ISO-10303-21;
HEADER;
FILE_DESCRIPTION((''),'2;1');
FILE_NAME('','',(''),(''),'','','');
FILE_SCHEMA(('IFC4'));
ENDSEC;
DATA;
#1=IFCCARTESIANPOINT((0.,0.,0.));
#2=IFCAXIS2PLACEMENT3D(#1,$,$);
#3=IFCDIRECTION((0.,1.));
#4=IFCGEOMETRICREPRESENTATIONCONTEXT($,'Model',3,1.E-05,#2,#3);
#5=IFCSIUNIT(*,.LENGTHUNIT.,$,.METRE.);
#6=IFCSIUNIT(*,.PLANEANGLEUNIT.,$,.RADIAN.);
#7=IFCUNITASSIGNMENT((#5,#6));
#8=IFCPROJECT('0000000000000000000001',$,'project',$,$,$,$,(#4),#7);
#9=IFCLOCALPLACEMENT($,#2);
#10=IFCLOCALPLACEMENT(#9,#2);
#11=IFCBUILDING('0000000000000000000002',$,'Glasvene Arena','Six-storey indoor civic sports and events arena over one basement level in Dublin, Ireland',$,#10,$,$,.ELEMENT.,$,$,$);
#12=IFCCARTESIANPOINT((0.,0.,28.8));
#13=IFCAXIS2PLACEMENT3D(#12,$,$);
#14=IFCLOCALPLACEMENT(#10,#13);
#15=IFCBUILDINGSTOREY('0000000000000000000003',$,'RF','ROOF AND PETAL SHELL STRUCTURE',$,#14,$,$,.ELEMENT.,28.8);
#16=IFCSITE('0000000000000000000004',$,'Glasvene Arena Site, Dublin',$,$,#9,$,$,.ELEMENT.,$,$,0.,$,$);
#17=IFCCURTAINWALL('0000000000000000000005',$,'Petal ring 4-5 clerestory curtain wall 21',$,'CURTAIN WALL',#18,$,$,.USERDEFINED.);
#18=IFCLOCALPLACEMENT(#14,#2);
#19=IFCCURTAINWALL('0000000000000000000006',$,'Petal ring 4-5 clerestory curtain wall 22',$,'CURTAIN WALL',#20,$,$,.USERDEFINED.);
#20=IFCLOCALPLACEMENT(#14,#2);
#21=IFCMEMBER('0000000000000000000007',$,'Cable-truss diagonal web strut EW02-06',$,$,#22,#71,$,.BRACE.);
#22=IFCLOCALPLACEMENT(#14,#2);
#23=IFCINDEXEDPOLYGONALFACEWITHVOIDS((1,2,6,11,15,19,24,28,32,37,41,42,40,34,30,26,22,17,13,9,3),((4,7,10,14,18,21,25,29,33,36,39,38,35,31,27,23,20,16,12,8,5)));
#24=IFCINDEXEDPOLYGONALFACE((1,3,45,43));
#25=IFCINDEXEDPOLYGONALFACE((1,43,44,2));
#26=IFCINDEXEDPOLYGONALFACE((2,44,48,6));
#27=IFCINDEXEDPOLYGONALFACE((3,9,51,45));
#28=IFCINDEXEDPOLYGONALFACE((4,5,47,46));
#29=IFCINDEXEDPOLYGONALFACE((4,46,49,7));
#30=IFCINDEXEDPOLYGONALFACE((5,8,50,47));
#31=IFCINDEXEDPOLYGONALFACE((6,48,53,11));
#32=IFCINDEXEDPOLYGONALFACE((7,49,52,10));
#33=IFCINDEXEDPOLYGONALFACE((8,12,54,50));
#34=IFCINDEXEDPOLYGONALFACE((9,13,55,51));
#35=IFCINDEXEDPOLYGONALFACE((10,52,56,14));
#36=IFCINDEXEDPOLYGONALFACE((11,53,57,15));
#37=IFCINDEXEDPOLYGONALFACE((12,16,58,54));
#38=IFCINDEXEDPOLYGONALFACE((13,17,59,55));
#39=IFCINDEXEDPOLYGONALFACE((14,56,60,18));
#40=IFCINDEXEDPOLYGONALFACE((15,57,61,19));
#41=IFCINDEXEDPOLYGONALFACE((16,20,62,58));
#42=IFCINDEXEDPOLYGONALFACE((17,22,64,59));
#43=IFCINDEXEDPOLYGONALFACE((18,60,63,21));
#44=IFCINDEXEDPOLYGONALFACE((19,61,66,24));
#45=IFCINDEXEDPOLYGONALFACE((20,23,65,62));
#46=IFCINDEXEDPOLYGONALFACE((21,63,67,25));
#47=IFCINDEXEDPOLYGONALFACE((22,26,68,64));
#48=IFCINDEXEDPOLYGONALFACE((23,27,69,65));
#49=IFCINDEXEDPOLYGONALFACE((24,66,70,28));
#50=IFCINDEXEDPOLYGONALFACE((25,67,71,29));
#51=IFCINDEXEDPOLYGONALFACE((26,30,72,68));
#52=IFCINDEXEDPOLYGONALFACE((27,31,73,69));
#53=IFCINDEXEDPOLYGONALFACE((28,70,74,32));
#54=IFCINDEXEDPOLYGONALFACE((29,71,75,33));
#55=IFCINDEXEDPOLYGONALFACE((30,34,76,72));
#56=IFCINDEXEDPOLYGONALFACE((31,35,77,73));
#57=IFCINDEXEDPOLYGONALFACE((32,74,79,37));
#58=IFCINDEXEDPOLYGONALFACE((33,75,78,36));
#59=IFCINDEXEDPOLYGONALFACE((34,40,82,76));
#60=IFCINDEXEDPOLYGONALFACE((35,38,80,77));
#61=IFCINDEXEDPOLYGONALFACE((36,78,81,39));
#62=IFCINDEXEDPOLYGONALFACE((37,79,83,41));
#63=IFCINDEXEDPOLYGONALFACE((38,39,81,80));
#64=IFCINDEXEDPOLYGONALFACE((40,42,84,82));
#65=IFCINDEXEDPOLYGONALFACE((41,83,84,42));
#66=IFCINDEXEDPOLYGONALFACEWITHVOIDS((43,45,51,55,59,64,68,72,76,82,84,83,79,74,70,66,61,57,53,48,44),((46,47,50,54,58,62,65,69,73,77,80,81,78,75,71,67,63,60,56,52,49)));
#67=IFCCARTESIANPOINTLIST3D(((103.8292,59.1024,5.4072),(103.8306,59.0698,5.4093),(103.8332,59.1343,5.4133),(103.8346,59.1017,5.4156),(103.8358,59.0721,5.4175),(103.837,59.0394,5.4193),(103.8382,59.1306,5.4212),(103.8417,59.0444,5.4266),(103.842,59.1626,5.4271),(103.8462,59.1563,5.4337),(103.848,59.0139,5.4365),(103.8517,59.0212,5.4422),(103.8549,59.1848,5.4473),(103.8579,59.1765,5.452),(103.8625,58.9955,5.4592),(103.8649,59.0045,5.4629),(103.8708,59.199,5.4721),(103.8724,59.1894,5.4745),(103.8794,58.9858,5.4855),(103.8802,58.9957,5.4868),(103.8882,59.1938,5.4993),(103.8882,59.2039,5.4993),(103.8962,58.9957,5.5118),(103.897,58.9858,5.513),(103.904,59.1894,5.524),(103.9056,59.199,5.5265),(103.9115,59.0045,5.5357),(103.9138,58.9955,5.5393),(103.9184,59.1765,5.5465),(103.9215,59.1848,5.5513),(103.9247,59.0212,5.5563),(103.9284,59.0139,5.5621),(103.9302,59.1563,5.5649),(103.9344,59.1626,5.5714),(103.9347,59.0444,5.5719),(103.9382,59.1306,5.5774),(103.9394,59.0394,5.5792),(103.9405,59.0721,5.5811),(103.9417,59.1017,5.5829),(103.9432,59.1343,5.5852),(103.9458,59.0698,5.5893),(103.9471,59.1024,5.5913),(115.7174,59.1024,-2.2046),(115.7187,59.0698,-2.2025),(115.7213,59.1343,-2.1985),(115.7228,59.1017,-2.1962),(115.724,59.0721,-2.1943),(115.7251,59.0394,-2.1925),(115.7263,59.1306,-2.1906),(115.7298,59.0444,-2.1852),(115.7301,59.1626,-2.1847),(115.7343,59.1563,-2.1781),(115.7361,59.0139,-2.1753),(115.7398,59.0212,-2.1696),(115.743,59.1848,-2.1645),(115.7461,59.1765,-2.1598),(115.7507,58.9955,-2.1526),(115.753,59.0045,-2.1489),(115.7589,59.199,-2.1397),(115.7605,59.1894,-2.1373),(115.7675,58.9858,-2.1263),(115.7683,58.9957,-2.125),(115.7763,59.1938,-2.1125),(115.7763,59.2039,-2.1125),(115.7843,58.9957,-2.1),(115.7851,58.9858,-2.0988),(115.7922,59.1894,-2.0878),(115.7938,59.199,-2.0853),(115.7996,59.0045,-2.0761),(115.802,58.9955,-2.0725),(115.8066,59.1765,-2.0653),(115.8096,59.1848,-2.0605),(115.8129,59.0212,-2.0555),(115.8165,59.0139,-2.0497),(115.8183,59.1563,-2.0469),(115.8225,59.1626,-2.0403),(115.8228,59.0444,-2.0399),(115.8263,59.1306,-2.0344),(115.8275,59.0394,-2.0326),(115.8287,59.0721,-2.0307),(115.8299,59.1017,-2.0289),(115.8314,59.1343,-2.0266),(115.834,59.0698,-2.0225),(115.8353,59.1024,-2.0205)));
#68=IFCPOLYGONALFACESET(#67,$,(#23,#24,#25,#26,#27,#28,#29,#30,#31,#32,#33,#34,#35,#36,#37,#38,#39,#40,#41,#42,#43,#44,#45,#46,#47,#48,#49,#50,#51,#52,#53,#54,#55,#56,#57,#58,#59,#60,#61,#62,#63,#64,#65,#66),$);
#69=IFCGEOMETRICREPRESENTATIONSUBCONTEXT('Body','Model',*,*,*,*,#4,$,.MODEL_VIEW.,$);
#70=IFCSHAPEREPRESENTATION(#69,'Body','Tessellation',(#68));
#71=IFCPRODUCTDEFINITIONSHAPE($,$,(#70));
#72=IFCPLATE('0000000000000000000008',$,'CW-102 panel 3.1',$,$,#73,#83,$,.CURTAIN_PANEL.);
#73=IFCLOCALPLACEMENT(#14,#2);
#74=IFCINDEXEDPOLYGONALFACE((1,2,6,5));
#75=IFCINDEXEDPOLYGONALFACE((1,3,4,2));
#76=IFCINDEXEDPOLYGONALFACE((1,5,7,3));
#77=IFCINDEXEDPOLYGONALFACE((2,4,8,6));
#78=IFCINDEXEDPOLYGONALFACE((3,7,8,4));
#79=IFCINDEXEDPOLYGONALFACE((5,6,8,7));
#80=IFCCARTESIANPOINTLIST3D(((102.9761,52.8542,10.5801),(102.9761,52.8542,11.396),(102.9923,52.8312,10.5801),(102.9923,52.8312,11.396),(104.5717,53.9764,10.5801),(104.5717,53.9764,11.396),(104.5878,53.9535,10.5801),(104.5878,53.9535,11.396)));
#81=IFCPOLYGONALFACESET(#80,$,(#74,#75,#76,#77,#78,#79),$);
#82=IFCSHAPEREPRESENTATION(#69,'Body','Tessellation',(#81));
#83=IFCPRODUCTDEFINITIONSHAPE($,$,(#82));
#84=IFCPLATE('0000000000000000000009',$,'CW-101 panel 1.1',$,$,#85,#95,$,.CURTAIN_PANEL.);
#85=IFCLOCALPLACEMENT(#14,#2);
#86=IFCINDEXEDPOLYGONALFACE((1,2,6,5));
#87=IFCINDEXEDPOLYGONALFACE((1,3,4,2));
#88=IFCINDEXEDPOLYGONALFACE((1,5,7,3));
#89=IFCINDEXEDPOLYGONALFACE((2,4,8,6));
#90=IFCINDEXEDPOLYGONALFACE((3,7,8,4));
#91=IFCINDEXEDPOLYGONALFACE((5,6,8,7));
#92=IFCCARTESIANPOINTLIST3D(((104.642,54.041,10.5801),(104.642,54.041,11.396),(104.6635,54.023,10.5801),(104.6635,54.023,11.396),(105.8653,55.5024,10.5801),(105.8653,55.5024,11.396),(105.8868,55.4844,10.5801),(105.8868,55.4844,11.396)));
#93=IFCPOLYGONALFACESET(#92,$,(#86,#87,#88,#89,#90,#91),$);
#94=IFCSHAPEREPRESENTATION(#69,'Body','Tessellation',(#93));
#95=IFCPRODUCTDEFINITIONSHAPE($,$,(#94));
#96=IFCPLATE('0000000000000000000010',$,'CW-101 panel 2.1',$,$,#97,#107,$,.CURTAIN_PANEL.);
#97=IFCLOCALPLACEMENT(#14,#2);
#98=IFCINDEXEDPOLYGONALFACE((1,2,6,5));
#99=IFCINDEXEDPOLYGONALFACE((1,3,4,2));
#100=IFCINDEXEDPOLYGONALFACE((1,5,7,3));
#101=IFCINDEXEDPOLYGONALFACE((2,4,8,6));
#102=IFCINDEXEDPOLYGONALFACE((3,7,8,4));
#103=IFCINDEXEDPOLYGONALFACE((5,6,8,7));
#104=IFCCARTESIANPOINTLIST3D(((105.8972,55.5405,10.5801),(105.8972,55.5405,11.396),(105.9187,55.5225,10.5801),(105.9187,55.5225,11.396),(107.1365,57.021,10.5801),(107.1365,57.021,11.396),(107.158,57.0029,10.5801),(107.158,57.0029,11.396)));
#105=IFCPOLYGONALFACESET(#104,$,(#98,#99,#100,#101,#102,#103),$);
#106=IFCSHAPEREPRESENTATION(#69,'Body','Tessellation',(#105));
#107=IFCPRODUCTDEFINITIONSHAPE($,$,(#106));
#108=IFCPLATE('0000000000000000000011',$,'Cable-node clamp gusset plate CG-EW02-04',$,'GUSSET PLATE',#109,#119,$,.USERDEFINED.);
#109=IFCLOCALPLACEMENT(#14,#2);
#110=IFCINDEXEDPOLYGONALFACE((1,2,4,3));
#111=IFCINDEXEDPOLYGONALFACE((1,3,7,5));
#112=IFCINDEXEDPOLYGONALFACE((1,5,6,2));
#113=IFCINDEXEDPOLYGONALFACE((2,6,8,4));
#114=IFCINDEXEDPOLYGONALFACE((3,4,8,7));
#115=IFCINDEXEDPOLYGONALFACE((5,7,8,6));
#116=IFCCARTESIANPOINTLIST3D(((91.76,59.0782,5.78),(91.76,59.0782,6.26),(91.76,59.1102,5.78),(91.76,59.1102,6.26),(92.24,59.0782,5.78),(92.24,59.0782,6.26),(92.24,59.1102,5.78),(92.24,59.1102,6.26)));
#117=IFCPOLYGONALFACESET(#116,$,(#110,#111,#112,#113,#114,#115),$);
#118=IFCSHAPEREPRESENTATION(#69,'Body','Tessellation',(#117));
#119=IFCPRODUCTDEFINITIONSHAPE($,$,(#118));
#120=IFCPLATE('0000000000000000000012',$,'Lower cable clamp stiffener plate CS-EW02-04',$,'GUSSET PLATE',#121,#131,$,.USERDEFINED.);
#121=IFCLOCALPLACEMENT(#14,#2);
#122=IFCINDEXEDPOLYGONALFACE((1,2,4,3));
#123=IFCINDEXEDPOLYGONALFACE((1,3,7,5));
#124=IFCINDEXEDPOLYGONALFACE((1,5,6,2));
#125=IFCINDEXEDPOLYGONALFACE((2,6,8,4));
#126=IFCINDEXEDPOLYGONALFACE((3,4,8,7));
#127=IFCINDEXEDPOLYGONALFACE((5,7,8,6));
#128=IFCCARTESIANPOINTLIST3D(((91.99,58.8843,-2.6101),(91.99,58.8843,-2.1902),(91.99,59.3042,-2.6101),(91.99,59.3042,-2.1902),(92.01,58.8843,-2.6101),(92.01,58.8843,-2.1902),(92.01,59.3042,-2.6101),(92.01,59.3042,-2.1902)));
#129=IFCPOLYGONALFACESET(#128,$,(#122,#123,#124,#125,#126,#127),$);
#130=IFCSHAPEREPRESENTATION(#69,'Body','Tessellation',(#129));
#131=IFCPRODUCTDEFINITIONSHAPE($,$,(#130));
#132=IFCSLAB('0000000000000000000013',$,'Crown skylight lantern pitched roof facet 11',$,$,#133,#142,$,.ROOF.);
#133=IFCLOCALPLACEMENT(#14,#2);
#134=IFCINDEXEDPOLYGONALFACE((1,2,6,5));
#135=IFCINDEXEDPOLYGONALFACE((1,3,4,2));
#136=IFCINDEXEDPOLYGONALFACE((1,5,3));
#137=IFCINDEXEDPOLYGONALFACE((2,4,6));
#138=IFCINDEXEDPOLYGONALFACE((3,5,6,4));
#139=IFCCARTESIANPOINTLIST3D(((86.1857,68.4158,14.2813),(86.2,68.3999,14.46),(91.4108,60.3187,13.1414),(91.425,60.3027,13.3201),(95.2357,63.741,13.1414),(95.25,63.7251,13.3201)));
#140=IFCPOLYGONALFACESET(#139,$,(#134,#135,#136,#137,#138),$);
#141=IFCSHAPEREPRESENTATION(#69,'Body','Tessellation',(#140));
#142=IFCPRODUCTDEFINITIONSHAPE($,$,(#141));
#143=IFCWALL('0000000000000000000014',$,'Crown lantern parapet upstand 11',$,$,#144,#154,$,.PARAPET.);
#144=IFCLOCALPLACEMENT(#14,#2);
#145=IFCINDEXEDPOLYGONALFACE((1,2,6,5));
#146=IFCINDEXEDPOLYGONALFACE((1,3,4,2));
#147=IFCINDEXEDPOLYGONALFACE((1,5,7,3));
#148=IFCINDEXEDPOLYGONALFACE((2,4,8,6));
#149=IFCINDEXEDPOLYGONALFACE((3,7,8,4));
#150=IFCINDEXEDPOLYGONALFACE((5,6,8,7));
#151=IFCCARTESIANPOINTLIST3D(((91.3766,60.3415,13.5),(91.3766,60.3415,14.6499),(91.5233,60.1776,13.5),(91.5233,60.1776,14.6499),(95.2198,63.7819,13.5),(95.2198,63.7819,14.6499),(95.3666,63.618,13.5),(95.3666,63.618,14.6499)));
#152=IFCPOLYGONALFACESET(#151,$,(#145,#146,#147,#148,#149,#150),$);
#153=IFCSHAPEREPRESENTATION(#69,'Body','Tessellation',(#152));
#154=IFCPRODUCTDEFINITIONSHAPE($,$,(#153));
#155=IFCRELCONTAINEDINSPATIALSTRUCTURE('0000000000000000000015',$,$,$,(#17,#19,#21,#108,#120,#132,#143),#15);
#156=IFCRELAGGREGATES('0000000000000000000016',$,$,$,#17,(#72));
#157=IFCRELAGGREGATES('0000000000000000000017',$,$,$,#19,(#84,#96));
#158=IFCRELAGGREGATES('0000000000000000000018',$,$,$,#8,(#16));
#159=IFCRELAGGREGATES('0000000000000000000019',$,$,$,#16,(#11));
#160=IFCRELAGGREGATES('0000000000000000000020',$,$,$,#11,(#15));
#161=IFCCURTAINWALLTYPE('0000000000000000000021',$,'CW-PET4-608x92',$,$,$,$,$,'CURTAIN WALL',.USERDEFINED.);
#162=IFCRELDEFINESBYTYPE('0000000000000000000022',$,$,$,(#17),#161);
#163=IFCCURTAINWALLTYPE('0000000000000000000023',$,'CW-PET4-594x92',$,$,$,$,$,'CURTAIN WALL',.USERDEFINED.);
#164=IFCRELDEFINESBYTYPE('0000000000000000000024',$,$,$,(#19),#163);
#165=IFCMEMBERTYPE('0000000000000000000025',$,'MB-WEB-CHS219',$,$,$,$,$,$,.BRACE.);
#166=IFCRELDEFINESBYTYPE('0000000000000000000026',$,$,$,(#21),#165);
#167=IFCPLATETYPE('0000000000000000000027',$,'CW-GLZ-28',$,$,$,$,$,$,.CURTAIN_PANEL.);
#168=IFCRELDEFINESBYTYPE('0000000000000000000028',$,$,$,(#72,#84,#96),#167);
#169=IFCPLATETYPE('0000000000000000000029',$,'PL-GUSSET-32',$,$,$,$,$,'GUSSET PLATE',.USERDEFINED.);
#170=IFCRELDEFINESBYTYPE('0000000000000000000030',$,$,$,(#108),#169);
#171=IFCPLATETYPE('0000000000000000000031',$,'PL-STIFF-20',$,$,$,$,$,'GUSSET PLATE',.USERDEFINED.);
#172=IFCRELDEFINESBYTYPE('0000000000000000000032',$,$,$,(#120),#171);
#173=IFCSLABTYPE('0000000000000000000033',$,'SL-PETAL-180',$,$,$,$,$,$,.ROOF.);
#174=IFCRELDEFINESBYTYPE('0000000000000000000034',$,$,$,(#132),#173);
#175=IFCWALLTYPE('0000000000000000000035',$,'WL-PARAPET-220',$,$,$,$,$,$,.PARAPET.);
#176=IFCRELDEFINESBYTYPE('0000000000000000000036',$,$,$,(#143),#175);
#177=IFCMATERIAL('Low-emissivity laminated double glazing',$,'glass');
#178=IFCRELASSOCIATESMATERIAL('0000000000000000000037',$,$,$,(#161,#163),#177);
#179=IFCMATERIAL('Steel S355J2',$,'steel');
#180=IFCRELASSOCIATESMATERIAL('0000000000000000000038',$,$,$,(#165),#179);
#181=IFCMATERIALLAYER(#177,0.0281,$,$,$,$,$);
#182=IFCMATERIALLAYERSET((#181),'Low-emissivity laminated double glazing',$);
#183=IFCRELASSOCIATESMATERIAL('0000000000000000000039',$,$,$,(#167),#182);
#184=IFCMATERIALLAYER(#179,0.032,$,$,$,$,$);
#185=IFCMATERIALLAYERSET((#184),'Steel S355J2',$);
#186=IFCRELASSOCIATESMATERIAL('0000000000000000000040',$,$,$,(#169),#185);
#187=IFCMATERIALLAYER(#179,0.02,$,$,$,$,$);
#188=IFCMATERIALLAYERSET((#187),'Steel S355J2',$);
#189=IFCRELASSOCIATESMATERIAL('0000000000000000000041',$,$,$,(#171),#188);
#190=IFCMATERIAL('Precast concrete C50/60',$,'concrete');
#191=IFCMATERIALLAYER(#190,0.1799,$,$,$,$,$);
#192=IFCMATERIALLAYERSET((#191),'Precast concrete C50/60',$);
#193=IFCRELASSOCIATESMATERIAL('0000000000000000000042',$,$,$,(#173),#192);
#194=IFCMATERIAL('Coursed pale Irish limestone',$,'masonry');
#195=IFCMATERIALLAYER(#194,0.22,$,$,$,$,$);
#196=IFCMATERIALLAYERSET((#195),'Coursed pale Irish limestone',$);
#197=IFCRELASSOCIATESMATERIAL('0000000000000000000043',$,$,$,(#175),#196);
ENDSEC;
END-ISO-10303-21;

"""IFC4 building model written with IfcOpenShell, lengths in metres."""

from ifc_helpers import new_model, si_unit, direction, frame, frame_2d, origin, origin_2d, place, context, subcontext, project, spatial, polyline, rectangle, hollow_circle, outline, extrude, material, layer, layer_set, material_profile, profile_set, type_object, element, aggregate, save


model = new_model("IFC4")

# Units and contexts
model_context = context("Model", 3, precision=1e-05, world=origin(), true_north=direction((0.0, 1.0)))
body_context = subcontext(model_context, "Body", "Model", "MODEL_VIEW")
ifc_project = project(units=[si_unit("LENGTHUNIT", "METRE"), si_unit("PLANEANGLEUNIT", "RADIAN")], contexts=[model_context])

# Site, building, storey
site_placement = place(None, origin())
site = spatial("IfcSite", under=ifc_project, at=site_placement, Name="Glasvene Arena Site, Dublin", CompositionType="ELEMENT", RefElevation=0.0)
building_placement = place(site_placement, origin())
building = spatial("IfcBuilding", under=site, at=building_placement, Name="Glasvene Arena", Description="Six-storey indoor civic sports and events arena over one basement level in Dublin, Ireland", CompositionType="ELEMENT")
storey_placement = place(building_placement, frame((0.0, 0.0, 28.8)))
storey = spatial("IfcBuildingStorey", under=building, at=storey_placement, Name="RF", Description="ROOF AND PETAL SHELL STRUCTURE", CompositionType="ELEMENT", Elevation=28.8)

# Shared definitions
ifc_material_1 = material(Name="Steel S355J2", Category="steel")

# Curtain walls
ifc_material_2 = material(Name="Low-emissivity laminated double glazing", Category="glass")
curtain_wall_type_1 = type_object("IfcCurtainWallType", Name="CW-PET4-608x92", ElementType="CURTAIN WALL", PredefinedType="USERDEFINED", material=ifc_material_2)
curtain_wall_1_placement = place(storey_placement, frame((99.6499, 50.4973, 0.0)))
curtain_wall_1 = element("IfcCurtainWall", 1, at=curtain_wall_1_placement, inside=storey, type_object=curtain_wall_type_1, Name="Petal ring 4-5 clerestory curtain wall 21", ObjectType="CURTAIN WALL", PredefinedType="USERDEFINED")
curtain_wall_type_2 = type_object("IfcCurtainWallType", Name="CW-PET4-594x92", ElementType="CURTAIN WALL", PredefinedType="USERDEFINED", material=ifc_material_2)
curtain_wall_2_placement = place(storey_placement, frame((104.6206, 53.9937, 0.0)))
curtain_wall_2 = element("IfcCurtainWall", 2, at=curtain_wall_2_placement, inside=storey, type_object=curtain_wall_type_2, Name="Petal ring 4-5 clerestory curtain wall 22", ObjectType="CURTAIN WALL", PredefinedType="USERDEFINED")

# Member
ifc_material_profile_1 = material_profile(ifc_material_1, hollow_circle(Radius=0.1096, WallThickness=0.01, at=origin_2d()), Name="CHS 219.1x10.0")
ifc_profile_set_1 = profile_set([ifc_material_profile_1], Name="Steel S355J2")
member_type_1 = type_object("IfcMemberType", Name="MB-WEB-CHS219", PredefinedType="BRACE", material=ifc_profile_set_1)
member_1_placement = place(storey_placement, frame((103.8882, 59.0942, 5.4993), z_axis=(0.842163, 0.0, -0.539223), x_axis=(0.0, 1.0, 0.0)))
element("IfcMember", 3, at=member_1_placement, inside=storey, type_object=member_type_1, Name="Cable-truss diagonal web strut EW02-06", PredefinedType="BRACE", context=body_context, shape_type="SweptSolid", body=[
    extrude(hollow_circle(Radius=0.1096, WallThickness=0.01, at=origin_2d()), origin(), (0.0, 0.0, 1.0), 14.1162),
])

# Plates
ifc_layer_1 = layer(ifc_material_2, 0.0281)
ifc_layer_set_1 = layer_set([ifc_layer_1], Name="Low-emissivity laminated double glazing")
plate_type_1 = type_object("IfcPlateType", Name="CW-GLZ-28", PredefinedType="CURTAIN_PANEL", material=ifc_layer_set_1)
plate_1_placement = place(storey_placement, frame((103.782, 53.4038, 10.5801), z_axis=(0.0, 0.0, 1.0), x_axis=(0.817925, 0.575325, 0.0)))
plate_1 = element("IfcPlate", 4, at=plate_1_placement, type_object=plate_type_1, Name="CW-102 panel 3.1", PredefinedType="CURTAIN_PANEL", context=body_context, shape_type="SweptSolid", body=[
    extrude(rectangle(XDim=1.9507, YDim=0.0281, at=origin_2d()), origin(), (0.0, 0.0, 1.0), 0.8159),
])
aggregate(curtain_wall_1, [plate_1])
plate_2_placement = place(storey_placement, frame((105.2644, 54.7627, 10.5801), z_axis=(0.0, 0.0, 1.0), x_axis=(0.64188, 0.766805, 0.0)))
plate_2 = element("IfcPlate", 5, at=plate_2_placement, type_object=plate_type_1, Name="CW-101 panel 1.1", PredefinedType="CURTAIN_PANEL", context=body_context, shape_type="SweptSolid", body=[
    extrude(rectangle(XDim=1.9058, YDim=0.0281, at=origin_2d()), origin(), (0.0, 0.0, 1.0), 0.8159),
])
plate_3_placement = place(storey_placement, frame((106.5276, 56.2717, 10.5801), z_axis=(0.0, 0.0, 1.0), x_axis=(0.64188, 0.766805, 0.0)))
plate_3 = element("IfcPlate", 6, at=plate_3_placement, type_object=plate_type_1, Name="CW-101 panel 2.1", PredefinedType="CURTAIN_PANEL", context=body_context, shape_type="SweptSolid", body=[
    extrude(rectangle(XDim=1.9307, YDim=0.0281, at=origin_2d()), origin(), (0.0, 0.0, 1.0), 0.8159),
])
aggregate(curtain_wall_2, [plate_2, plate_3])

# Plates
ifc_layer_2 = layer(ifc_material_1, 0.032)
ifc_layer_set_2 = layer_set([ifc_layer_2], Name="Steel S355J2")
plate_type_2 = type_object("IfcPlateType", Name="PL-GUSSET-32", ElementType="GUSSET PLATE", PredefinedType="USERDEFINED", material=ifc_layer_set_2)
plate_4_placement = place(storey_placement, frame((92.0, 59.0942, 5.78), z_axis=(0.0, 0.0, 1.0), x_axis=(1.0, 0.0, 0.0)))
element("IfcPlate", 7, at=plate_4_placement, inside=storey, type_object=plate_type_2, Name="Cable-node clamp gusset plate CG-EW02-04", ObjectType="GUSSET PLATE", PredefinedType="USERDEFINED", context=body_context, shape_type="SweptSolid", body=[
    extrude(rectangle(XDim=0.48, YDim=0.032, at=origin_2d()), origin(), (0.0, 0.0, 1.0), 0.48),
])
ifc_layer_3 = layer(ifc_material_1, 0.02)
ifc_layer_set_3 = layer_set([ifc_layer_3], Name="Steel S355J2")
plate_type_3 = type_object("IfcPlateType", Name="PL-STIFF-20", ElementType="GUSSET PLATE", PredefinedType="USERDEFINED", material=ifc_layer_set_3)
plate_5_placement = place(storey_placement, frame((92.0, 59.0942, -2.6101), z_axis=(0.0, 0.0, 1.0), x_axis=(1.0, 0.0, 0.0)))
element("IfcPlate", 8, at=plate_5_placement, inside=storey, type_object=plate_type_3, Name="Lower cable clamp stiffener plate CS-EW02-04", ObjectType="GUSSET PLATE", PredefinedType="USERDEFINED", context=body_context, shape_type="SweptSolid", body=[
    extrude(rectangle(XDim=0.02, YDim=0.4199, at=origin_2d()), origin(), (0.0, 0.0, 1.0), 0.4199),
])

# Slab
ifc_material_3 = material(Name="Precast concrete C50/60", Category="concrete")
ifc_layer_4 = layer(ifc_material_3, 0.1799)
ifc_layer_set_4 = layer_set([ifc_layer_4], Name="Precast concrete C50/60")
slab_type = type_object("IfcSlabType", Name="SL-PETAL-180", PredefinedType="ROOF", material=ifc_layer_set_4)
slab_placement = place(storey_placement, frame((91.425, 60.3027, 13.3201), z_axis=(0.079287, -0.088614, 0.992905), x_axis=(0.745238, 0.666799, 0.0)))
element("IfcSlab", 9, at=slab_placement, inside=storey, type_object=slab_type, Name="Crown skylight lantern pitched roof facet 11", PredefinedType="ROOF", context=body_context, shape_type="SweptSolid", body=[
    extrude(outline(polyline([(0.0, 0.0), (5.1325, 0.0), (1.5052, 9.5864), (0.0, 0.0)])), origin(), (0.0, 0.0, -1.0), 0.1799),
])

# Wall
ifc_material_4 = material(Name="Coursed pale Irish limestone", Category="masonry")
ifc_layer_5 = layer(ifc_material_4, 0.22)
ifc_layer_set_5 = layer_set([ifc_layer_5], Name="Coursed pale Irish limestone")
wall_type = type_object("IfcWallType", Name="WL-PARAPET-220", PredefinedType="PARAPET", material=ifc_layer_set_5)
wall_placement = place(storey_placement, frame((91.45, 60.2595, 13.5), z_axis=(0.0, 0.0, 1.0), x_axis=(0.745075, 0.66698, 0.0)))
element("IfcWall", 10, at=wall_placement, inside=storey, type_object=wall_type, Name="Crown lantern parapet upstand 11", PredefinedType="PARAPET", context=body_context, shape_type="SweptSolid", body=[
    extrude(rectangle(XDim=5.1582, YDim=0.22, at=frame_2d((2.5791, 0.0))), origin(), (0.0, 0.0, 1.0), 1.1499),
])

save(model, "model.ifc")
